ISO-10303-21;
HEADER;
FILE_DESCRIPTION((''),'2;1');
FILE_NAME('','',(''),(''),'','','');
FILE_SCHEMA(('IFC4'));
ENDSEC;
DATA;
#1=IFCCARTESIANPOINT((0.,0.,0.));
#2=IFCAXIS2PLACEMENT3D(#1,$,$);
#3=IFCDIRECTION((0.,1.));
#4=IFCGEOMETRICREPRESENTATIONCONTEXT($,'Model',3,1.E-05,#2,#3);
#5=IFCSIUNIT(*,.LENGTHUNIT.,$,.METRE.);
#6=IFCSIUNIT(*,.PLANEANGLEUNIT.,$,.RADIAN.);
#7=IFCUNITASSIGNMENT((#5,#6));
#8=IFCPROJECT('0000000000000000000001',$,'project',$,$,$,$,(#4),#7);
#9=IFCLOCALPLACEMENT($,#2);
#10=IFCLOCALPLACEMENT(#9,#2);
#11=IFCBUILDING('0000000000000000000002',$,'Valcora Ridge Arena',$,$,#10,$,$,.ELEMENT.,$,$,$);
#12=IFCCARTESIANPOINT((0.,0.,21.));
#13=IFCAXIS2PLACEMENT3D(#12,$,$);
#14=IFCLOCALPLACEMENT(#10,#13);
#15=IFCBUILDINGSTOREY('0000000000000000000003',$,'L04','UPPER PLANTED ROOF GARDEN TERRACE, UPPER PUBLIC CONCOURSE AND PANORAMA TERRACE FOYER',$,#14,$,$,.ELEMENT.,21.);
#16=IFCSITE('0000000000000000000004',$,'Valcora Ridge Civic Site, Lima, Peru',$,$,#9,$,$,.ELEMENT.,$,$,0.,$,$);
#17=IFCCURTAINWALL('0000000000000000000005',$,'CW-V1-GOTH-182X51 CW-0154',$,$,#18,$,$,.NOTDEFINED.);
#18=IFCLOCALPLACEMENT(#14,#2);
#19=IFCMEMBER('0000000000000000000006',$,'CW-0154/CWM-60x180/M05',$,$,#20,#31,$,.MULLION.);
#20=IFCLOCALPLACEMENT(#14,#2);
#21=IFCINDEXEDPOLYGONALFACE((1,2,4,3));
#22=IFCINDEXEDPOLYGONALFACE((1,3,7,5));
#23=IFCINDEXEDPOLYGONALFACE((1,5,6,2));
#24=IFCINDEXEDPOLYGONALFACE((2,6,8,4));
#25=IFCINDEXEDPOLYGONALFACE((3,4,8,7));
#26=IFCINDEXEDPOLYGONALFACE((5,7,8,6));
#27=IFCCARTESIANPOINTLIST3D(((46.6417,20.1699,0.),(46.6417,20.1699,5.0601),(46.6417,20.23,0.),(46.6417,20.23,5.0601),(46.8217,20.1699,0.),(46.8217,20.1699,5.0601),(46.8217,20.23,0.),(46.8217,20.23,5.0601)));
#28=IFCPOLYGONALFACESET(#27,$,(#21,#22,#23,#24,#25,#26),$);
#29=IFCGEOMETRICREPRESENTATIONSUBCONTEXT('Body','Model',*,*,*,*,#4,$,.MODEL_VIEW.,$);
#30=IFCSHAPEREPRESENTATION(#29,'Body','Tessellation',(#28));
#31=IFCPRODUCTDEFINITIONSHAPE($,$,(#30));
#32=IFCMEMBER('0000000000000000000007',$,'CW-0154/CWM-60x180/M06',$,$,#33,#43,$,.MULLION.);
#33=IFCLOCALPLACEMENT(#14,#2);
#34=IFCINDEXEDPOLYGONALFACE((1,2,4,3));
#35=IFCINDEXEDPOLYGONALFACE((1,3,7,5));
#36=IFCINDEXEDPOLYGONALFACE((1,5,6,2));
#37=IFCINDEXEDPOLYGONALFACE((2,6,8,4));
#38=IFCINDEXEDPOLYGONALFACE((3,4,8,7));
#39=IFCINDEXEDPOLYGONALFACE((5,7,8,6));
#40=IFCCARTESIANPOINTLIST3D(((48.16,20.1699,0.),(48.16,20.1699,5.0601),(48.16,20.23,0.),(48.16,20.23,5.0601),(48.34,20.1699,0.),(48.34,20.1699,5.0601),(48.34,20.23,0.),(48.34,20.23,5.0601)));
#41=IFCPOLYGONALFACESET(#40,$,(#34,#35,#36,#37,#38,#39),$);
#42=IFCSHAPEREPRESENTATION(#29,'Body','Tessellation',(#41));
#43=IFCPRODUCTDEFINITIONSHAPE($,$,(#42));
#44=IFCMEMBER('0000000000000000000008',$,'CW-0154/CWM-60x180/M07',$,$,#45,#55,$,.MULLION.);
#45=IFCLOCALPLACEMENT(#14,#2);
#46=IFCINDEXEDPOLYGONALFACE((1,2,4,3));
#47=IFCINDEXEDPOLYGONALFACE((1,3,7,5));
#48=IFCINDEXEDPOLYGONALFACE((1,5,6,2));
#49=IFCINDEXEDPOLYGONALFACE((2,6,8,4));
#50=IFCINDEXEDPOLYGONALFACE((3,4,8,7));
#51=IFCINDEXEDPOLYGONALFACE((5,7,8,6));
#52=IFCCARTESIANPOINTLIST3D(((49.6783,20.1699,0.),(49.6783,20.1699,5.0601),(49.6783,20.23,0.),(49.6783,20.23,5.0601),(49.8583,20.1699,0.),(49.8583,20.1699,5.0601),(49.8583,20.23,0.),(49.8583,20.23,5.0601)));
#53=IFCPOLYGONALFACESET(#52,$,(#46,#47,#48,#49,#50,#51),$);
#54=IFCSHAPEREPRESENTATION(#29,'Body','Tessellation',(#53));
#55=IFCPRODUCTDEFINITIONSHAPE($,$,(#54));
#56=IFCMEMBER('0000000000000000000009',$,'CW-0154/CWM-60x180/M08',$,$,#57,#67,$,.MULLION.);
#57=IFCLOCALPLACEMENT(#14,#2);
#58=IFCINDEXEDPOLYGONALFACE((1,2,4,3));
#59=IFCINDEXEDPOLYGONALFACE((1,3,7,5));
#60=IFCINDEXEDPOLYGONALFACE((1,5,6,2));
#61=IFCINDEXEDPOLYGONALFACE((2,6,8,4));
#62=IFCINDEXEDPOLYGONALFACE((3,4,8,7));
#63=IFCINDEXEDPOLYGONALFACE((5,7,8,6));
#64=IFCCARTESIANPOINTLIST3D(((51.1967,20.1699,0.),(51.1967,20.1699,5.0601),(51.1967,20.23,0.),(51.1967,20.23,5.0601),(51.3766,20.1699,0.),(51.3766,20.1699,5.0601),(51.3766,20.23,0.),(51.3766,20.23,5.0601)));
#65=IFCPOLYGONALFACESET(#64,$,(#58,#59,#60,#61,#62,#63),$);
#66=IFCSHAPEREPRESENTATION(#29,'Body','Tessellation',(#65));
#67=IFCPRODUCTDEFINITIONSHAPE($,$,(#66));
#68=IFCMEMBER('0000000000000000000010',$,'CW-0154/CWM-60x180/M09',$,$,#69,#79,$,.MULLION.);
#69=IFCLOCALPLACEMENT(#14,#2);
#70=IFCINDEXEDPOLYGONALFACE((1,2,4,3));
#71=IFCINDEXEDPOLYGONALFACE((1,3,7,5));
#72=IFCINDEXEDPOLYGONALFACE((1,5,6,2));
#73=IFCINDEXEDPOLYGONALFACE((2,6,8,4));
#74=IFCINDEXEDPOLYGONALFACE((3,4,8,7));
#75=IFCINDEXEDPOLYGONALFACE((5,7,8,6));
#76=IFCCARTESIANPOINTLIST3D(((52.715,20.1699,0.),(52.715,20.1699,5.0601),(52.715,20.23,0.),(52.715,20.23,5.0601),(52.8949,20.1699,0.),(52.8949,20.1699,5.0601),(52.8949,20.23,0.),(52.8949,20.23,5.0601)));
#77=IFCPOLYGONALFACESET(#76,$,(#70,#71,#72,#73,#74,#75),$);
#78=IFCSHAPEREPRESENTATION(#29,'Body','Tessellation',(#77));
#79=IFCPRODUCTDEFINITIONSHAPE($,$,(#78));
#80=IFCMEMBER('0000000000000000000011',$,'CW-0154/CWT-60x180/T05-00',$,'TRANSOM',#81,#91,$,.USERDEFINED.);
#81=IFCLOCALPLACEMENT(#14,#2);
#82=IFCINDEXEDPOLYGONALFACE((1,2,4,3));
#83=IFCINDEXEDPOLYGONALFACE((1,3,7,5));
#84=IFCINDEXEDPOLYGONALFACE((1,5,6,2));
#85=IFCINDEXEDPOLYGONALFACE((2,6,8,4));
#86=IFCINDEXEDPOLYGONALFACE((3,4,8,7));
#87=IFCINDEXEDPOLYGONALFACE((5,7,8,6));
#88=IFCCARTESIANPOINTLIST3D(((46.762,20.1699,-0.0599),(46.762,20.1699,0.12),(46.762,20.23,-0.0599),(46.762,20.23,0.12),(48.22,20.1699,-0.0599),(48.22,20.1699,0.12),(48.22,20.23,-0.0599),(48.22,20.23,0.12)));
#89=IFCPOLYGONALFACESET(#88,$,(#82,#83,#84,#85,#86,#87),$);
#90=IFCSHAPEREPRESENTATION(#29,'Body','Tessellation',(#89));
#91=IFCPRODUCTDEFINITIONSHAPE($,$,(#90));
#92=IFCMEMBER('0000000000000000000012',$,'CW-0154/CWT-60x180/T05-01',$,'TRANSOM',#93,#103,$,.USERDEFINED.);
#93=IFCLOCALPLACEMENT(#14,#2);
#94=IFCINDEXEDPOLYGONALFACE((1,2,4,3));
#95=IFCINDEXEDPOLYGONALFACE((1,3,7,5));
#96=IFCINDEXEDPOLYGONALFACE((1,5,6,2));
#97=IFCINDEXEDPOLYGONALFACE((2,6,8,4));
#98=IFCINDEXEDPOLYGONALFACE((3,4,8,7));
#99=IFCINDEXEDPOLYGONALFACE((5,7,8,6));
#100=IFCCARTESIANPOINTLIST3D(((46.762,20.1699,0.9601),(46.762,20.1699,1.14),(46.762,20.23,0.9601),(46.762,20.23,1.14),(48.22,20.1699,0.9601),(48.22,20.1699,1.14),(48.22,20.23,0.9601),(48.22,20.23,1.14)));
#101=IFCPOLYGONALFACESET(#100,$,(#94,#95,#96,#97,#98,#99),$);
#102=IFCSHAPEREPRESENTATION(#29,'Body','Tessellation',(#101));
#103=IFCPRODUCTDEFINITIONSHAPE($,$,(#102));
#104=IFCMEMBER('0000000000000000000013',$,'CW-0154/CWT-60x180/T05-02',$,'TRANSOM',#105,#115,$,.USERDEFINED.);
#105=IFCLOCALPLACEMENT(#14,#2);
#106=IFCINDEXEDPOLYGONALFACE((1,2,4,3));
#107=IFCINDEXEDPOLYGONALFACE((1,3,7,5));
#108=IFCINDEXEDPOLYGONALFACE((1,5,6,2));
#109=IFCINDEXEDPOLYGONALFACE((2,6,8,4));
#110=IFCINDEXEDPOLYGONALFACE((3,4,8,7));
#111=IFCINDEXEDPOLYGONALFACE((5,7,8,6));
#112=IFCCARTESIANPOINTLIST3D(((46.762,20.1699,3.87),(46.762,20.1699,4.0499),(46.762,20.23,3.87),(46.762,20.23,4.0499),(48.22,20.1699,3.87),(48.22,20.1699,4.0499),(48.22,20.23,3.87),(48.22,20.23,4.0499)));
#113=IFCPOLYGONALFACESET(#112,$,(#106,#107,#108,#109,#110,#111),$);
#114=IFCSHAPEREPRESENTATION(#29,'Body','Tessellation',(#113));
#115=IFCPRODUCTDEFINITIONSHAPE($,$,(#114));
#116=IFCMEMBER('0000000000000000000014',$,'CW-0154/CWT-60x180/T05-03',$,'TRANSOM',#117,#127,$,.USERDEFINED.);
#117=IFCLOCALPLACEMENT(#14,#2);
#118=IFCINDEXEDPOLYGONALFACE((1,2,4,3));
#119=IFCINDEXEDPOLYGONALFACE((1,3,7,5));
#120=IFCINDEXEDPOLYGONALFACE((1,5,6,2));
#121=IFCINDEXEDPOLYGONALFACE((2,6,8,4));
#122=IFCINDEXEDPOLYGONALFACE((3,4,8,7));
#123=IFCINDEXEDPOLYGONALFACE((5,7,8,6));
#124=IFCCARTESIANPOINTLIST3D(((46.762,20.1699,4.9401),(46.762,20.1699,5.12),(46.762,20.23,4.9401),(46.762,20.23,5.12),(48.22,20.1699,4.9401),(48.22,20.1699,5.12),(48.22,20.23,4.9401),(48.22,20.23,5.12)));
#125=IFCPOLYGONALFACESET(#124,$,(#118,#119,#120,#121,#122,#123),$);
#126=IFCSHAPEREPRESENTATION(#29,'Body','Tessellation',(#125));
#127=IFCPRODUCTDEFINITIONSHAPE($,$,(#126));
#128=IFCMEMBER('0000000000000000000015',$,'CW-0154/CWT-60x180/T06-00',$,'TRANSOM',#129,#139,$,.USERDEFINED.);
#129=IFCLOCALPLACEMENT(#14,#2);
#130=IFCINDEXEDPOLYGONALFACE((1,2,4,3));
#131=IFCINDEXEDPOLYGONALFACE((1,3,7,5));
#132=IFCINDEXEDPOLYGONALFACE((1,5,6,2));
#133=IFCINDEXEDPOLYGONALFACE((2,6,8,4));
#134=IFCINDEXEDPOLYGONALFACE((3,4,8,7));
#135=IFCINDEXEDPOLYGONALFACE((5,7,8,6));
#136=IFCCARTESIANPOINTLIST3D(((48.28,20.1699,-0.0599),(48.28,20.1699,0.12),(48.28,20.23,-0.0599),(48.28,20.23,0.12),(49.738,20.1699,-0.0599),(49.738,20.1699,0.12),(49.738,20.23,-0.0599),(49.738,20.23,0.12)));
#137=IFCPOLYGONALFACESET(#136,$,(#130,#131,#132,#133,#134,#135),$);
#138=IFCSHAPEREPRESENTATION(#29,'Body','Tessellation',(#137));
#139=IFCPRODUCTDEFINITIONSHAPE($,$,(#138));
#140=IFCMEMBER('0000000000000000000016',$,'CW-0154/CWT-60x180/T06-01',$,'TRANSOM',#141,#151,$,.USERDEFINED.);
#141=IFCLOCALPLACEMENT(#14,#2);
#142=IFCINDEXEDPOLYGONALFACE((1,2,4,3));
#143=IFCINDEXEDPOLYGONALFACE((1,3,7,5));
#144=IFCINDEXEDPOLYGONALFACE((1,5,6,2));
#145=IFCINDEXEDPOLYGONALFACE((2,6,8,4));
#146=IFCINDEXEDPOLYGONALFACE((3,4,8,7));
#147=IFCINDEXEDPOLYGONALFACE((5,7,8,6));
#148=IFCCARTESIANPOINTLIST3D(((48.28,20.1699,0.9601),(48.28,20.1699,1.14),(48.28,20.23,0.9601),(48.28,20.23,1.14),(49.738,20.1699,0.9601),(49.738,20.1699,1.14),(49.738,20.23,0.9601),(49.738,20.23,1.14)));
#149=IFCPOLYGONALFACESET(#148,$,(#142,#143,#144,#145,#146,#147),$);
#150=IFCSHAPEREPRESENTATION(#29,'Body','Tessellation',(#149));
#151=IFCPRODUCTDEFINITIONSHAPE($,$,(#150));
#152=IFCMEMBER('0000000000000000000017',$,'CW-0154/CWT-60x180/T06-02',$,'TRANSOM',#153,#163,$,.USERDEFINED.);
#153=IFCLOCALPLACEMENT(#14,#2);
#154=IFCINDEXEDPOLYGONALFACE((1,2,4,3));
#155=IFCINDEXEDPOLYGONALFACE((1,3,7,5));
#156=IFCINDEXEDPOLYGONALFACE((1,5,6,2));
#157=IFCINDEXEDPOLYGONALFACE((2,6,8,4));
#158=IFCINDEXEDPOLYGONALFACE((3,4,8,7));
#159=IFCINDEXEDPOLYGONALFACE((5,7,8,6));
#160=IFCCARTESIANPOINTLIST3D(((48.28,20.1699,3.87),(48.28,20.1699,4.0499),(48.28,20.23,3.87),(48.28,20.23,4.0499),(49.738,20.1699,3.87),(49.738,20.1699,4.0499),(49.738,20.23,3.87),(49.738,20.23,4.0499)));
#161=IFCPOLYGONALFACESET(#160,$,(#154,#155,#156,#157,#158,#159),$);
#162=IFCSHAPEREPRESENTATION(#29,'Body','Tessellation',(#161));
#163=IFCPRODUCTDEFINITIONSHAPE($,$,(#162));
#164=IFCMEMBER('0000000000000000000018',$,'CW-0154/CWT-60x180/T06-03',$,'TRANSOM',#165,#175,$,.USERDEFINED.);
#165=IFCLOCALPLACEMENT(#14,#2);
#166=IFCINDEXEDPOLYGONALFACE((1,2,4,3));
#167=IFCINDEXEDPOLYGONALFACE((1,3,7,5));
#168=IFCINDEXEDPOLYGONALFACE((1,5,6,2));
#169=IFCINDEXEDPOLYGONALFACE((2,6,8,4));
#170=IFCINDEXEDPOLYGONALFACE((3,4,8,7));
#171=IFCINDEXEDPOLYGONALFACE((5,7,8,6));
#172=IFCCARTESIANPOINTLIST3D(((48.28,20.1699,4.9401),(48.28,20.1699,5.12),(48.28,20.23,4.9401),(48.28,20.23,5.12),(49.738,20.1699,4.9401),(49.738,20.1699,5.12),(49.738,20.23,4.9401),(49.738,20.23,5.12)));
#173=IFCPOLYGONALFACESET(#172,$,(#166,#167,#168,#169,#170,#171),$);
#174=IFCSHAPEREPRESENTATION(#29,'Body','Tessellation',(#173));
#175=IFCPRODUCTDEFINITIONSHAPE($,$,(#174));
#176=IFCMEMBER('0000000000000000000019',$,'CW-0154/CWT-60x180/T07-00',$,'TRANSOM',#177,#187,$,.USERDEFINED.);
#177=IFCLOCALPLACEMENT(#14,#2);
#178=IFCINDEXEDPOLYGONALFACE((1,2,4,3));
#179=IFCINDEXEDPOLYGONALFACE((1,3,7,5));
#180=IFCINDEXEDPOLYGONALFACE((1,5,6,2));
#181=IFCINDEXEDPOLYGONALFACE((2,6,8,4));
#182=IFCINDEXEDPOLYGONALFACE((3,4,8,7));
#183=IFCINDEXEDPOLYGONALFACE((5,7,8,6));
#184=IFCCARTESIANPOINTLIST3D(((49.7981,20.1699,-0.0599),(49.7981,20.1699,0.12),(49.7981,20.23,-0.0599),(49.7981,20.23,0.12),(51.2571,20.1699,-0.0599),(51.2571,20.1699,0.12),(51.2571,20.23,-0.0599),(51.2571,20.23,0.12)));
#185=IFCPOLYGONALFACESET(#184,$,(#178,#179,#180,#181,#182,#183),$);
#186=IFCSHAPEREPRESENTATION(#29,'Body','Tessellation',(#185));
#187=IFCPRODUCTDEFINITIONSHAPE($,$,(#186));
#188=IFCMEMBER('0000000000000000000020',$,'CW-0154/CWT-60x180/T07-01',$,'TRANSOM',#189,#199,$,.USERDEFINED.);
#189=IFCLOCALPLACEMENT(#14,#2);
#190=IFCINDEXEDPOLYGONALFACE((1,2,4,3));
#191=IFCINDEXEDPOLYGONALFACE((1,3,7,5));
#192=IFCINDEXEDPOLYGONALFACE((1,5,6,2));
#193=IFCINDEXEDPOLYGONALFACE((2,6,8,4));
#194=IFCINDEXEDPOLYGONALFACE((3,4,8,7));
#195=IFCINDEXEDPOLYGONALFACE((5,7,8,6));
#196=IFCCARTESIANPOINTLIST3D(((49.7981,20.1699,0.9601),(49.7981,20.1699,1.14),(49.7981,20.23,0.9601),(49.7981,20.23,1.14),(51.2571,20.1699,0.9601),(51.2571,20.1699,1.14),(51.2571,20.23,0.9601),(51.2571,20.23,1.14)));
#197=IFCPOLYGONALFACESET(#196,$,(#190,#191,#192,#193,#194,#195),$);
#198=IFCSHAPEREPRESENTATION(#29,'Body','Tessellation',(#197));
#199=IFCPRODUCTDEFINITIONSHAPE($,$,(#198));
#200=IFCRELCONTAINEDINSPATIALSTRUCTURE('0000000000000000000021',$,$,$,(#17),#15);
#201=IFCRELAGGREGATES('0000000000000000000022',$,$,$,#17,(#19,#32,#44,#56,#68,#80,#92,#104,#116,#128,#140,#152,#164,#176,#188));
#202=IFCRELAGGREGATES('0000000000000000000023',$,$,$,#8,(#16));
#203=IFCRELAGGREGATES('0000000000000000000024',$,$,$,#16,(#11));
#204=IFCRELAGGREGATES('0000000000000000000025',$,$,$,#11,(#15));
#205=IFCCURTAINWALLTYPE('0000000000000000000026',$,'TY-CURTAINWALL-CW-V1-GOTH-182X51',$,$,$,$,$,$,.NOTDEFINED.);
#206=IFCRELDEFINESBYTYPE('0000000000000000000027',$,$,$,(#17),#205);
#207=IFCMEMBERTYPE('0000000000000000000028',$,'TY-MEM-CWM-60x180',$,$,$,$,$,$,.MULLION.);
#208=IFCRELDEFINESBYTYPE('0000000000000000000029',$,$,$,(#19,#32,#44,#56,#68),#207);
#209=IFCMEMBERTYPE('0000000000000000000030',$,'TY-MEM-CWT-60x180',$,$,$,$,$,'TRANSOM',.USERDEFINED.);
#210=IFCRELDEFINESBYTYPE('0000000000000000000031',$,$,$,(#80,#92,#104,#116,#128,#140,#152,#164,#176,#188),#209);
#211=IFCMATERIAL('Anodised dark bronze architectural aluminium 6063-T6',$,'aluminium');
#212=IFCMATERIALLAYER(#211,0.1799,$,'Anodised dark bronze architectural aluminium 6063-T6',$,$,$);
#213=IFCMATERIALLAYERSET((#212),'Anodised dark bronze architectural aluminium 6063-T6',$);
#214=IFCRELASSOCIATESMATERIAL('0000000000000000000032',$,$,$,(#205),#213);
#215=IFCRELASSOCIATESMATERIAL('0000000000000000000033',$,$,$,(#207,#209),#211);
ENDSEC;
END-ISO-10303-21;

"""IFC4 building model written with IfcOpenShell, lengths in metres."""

from ifc_helpers import new_model, si_unit, direction, frame, origin, origin_2d, place, context, subcontext, project, spatial, rectangle, extrude, material, layer, layer_set, material_profile, profile_set, type_object, element, aggregate, save


model = new_model("IFC4")

# Units and contexts
model_context = context("Model", 3, precision=1e-05, world=origin(), true_north=direction((0.0, 1.0)))
body_context = subcontext(model_context, "Body", "Model", "MODEL_VIEW")
ifc_project = project(units=[si_unit("LENGTHUNIT", "METRE"), si_unit("PLANEANGLEUNIT", "RADIAN")], contexts=[model_context])

# Site, building, storey
site_placement = place(None, origin())
site = spatial("IfcSite", under=ifc_project, at=site_placement, Name="Valcora Ridge Civic Site, Lima, Peru", CompositionType="ELEMENT", RefElevation=0.0)
building_placement = place(site_placement, origin())
building = spatial("IfcBuilding", under=site, at=building_placement, Name="Valcora Ridge Arena", CompositionType="ELEMENT")
storey_placement = place(building_placement, frame((0.0, 0.0, 21.0)))
storey = spatial("IfcBuildingStorey", under=building, at=storey_placement, Name="L04", Description="UPPER PLANTED ROOF GARDEN TERRACE, UPPER PUBLIC CONCOURSE AND PANORAMA TERRACE FOYER", CompositionType="ELEMENT", Elevation=21.0)

# Curtain wall, members
ifc_material_1 = material(Name="Anodised dark bronze architectural aluminium 6063-T6", Category="aluminium")
ifc_layer_1 = layer(ifc_material_1, 0.1799, Name="Anodised dark bronze architectural aluminium 6063-T6")
ifc_layer_set_1 = layer_set([ifc_layer_1], Name="Anodised dark bronze architectural aluminium 6063-T6")
curtain_wall_type = type_object("IfcCurtainWallType", Name="TY-CURTAINWALL-CW-V1-GOTH-182X51", PredefinedType="NOTDEFINED", material=ifc_layer_set_1)
curtain_wall_placement = place(storey_placement, origin())
curtain_wall = element("IfcCurtainWall", 1, at=curtain_wall_placement, inside=storey, type_object=curtain_wall_type, Name="CW-V1-GOTH-182X51 CW-0154", PredefinedType="NOTDEFINED")
ifc_material_profile_1 = material_profile(ifc_material_1, rectangle(XDim=0.0601, YDim=0.1799, at=origin_2d()), Name="ALU MULLION 60x180")
ifc_profile_set_1 = profile_set([ifc_material_profile_1], Name="Anodised dark bronze architectural aluminium 6063-T6")
member_type_1 = type_object("IfcMemberType", Name="TY-MEM-CWM-60x180", PredefinedType="MULLION", material=ifc_profile_set_1)
member_1_placement = place(storey_placement, frame((46.7317, 20.2, 0.0), z_axis=(0.0, 0.0, 1.0), x_axis=(0.0, 1.0, 0.0)))
member_1 = element("IfcMember", 2, at=member_1_placement, type_object=member_type_1, Name="CW-0154/CWM-60x180/M05", PredefinedType="MULLION", context=body_context, shape_type="SweptSolid", body=[
    extrude(rectangle(XDim=0.0601, YDim=0.1799, at=origin_2d()), origin(), (0.0, 0.0, 1.0), 5.0601),
])
member_2_placement = place(storey_placement, frame((48.25, 20.2, 0.0), z_axis=(0.0, 0.0, 1.0), x_axis=(0.0, 1.0, 0.0)))
member_2 = element("IfcMember", 3, at=member_2_placement, type_object=member_type_1, Name="CW-0154/CWM-60x180/M06", PredefinedType="MULLION", context=body_context, shape_type="SweptSolid", body=[
    extrude(rectangle(XDim=0.0601, YDim=0.1799, at=origin_2d()), origin(), (0.0, 0.0, 1.0), 5.0601),
])
member_3_placement = place(storey_placement, frame((49.7683, 20.2, 0.0), z_axis=(0.0, 0.0, 1.0), x_axis=(0.0, 1.0, 0.0)))
member_3 = element("IfcMember", 4, at=member_3_placement, type_object=member_type_1, Name="CW-0154/CWM-60x180/M07", PredefinedType="MULLION", context=body_context, shape_type="SweptSolid", body=[
    extrude(rectangle(XDim=0.0601, YDim=0.1799, at=origin_2d()), origin(), (0.0, 0.0, 1.0), 5.0601),
])
member_4_placement = place(storey_placement, frame((51.2866, 20.2, 0.0), z_axis=(0.0, 0.0, 1.0), x_axis=(0.0, 1.0, 0.0)))
member_4 = element("IfcMember", 5, at=member_4_placement, type_object=member_type_1, Name="CW-0154/CWM-60x180/M08", PredefinedType="MULLION", context=body_context, shape_type="SweptSolid", body=[
    extrude(rectangle(XDim=0.0601, YDim=0.1799, at=origin_2d()), origin(), (0.0, 0.0, 1.0), 5.0601),
])
member_5_placement = place(storey_placement, frame((52.8049, 20.2, 0.0), z_axis=(0.0, 0.0, 1.0), x_axis=(0.0, 1.0, 0.0)))
member_5 = element("IfcMember", 6, at=member_5_placement, type_object=member_type_1, Name="CW-0154/CWM-60x180/M09", PredefinedType="MULLION", context=body_context, shape_type="SweptSolid", body=[
    extrude(rectangle(XDim=0.0601, YDim=0.1799, at=origin_2d()), origin(), (0.0, 0.0, 1.0), 5.0601),
])
ifc_material_profile_2 = material_profile(ifc_material_1, rectangle(XDim=0.0601, YDim=0.1799, at=origin_2d()), Name="ALU TRANSOM 60x180")
ifc_profile_set_2 = profile_set([ifc_material_profile_2], Name="Anodised dark bronze architectural aluminium 6063-T6")
member_type_2 = type_object("IfcMemberType", Name="TY-MEM-CWT-60x180", ElementType="TRANSOM", PredefinedType="USERDEFINED", material=ifc_profile_set_2)
member_6_placement = place(storey_placement, frame((46.762, 20.2, 0.03), z_axis=(1.0, 0.0, 0.0), x_axis=(0.0, 1.0, 0.0)))
member_6 = element("IfcMember", 7, at=member_6_placement, type_object=member_type_2, Name="CW-0154/CWT-60x180/T05-00", ObjectType="TRANSOM", PredefinedType="USERDEFINED", context=body_context, shape_type="SweptSolid", body=[
    extrude(rectangle(XDim=0.0601, YDim=0.1799, at=origin_2d()), origin(), (0.0, 0.0, 1.0), 1.458),
])
member_7_placement = place(storey_placement, frame((46.762, 20.2, 1.05), z_axis=(1.0, 0.0, 0.0), x_axis=(0.0, 1.0, 0.0)))
member_7 = element("IfcMember", 8, at=member_7_placement, type_object=member_type_2, Name="CW-0154/CWT-60x180/T05-01", ObjectType="TRANSOM", PredefinedType="USERDEFINED", context=body_context, shape_type="SweptSolid", body=[
    extrude(rectangle(XDim=0.0601, YDim=0.1799, at=origin_2d()), origin(), (0.0, 0.0, 1.0), 1.458),
])
member_8_placement = place(storey_placement, frame((46.762, 20.2, 3.96), z_axis=(1.0, 0.0, 0.0), x_axis=(0.0, 1.0, 0.0)))
member_8 = element("IfcMember", 9, at=member_8_placement, type_object=member_type_2, Name="CW-0154/CWT-60x180/T05-02", ObjectType="TRANSOM", PredefinedType="USERDEFINED", context=body_context, shape_type="SweptSolid", body=[
    extrude(rectangle(XDim=0.0601, YDim=0.1799, at=origin_2d()), origin(), (0.0, 0.0, 1.0), 1.458),
])
member_9_placement = place(storey_placement, frame((46.762, 20.2, 5.03), z_axis=(1.0, 0.0, 0.0), x_axis=(0.0, 1.0, 0.0)))
member_9 = element("IfcMember", 10, at=member_9_placement, type_object=member_type_2, Name="CW-0154/CWT-60x180/T05-03", ObjectType="TRANSOM", PredefinedType="USERDEFINED", context=body_context, shape_type="SweptSolid", body=[
    extrude(rectangle(XDim=0.0601, YDim=0.1799, at=origin_2d()), origin(), (0.0, 0.0, 1.0), 1.458),
])
member_10_placement = place(storey_placement, frame((48.28, 20.2, 0.03), z_axis=(1.0, 0.0, 0.0), x_axis=(0.0, 1.0, 0.0)))
member_10 = element("IfcMember", 11, at=member_10_placement, type_object=member_type_2, Name="CW-0154/CWT-60x180/T06-00", ObjectType="TRANSOM", PredefinedType="USERDEFINED", context=body_context, shape_type="SweptSolid", body=[
    extrude(rectangle(XDim=0.0601, YDim=0.1799, at=origin_2d()), origin(), (0.0, 0.0, 1.0), 1.458),
])
member_11_placement = place(storey_placement, frame((48.28, 20.2, 1.05), z_axis=(1.0, 0.0, 0.0), x_axis=(0.0, 1.0, 0.0)))
member_11 = element("IfcMember", 12, at=member_11_placement, type_object=member_type_2, Name="CW-0154/CWT-60x180/T06-01", ObjectType="TRANSOM", PredefinedType="USERDEFINED", context=body_context, shape_type="SweptSolid", body=[
    extrude(rectangle(XDim=0.0601, YDim=0.1799, at=origin_2d()), origin(), (0.0, 0.0, 1.0), 1.458),
])
member_12_placement = place(storey_placement, frame((48.28, 20.2, 3.96), z_axis=(1.0, 0.0, 0.0), x_axis=(0.0, 1.0, 0.0)))
member_12 = element("IfcMember", 13, at=member_12_placement, type_object=member_type_2, Name="CW-0154/CWT-60x180/T06-02", ObjectType="TRANSOM", PredefinedType="USERDEFINED", context=body_context, shape_type="SweptSolid", body=[
    extrude(rectangle(XDim=0.0601, YDim=0.1799, at=origin_2d()), origin(), (0.0, 0.0, 1.0), 1.458),
])
member_13_placement = place(storey_placement, frame((48.28, 20.2, 5.03), z_axis=(1.0, 0.0, 0.0), x_axis=(0.0, 1.0, 0.0)))
member_13 = element("IfcMember", 14, at=member_13_placement, type_object=member_type_2, Name="CW-0154/CWT-60x180/T06-03", ObjectType="TRANSOM", PredefinedType="USERDEFINED", context=body_context, shape_type="SweptSolid", body=[
    extrude(rectangle(XDim=0.0601, YDim=0.1799, at=origin_2d()), origin(), (0.0, 0.0, 1.0), 1.458),
])
member_14_placement = place(storey_placement, frame((49.7981, 20.2, 0.03), z_axis=(1.0, 0.0, 0.0), x_axis=(0.0, 1.0, 0.0)))
member_14 = element("IfcMember", 15, at=member_14_placement, type_object=member_type_2, Name="CW-0154/CWT-60x180/T07-00", ObjectType="TRANSOM", PredefinedType="USERDEFINED", context=body_context, shape_type="SweptSolid", body=[
    extrude(rectangle(XDim=0.0601, YDim=0.1799, at=origin_2d()), origin(), (0.0, 0.0, 1.0), 1.459),
])
member_15_placement = place(storey_placement, frame((49.7981, 20.2, 1.05), z_axis=(1.0, 0.0, 0.0), x_axis=(0.0, 1.0, 0.0)))
member_15 = element("IfcMember", 16, at=member_15_placement, type_object=member_type_2, Name="CW-0154/CWT-60x180/T07-01", ObjectType="TRANSOM", PredefinedType="USERDEFINED", context=body_context, shape_type="SweptSolid", body=[
    extrude(rectangle(XDim=0.0601, YDim=0.1799, at=origin_2d()), origin(), (0.0, 0.0, 1.0), 1.459),
])
aggregate(curtain_wall, [member_1, member_2, member_3, member_4, member_5, member_6, member_7, member_8, member_9, member_10, member_11, member_12, member_13, member_14, member_15])

save(model, "model.ifc")
